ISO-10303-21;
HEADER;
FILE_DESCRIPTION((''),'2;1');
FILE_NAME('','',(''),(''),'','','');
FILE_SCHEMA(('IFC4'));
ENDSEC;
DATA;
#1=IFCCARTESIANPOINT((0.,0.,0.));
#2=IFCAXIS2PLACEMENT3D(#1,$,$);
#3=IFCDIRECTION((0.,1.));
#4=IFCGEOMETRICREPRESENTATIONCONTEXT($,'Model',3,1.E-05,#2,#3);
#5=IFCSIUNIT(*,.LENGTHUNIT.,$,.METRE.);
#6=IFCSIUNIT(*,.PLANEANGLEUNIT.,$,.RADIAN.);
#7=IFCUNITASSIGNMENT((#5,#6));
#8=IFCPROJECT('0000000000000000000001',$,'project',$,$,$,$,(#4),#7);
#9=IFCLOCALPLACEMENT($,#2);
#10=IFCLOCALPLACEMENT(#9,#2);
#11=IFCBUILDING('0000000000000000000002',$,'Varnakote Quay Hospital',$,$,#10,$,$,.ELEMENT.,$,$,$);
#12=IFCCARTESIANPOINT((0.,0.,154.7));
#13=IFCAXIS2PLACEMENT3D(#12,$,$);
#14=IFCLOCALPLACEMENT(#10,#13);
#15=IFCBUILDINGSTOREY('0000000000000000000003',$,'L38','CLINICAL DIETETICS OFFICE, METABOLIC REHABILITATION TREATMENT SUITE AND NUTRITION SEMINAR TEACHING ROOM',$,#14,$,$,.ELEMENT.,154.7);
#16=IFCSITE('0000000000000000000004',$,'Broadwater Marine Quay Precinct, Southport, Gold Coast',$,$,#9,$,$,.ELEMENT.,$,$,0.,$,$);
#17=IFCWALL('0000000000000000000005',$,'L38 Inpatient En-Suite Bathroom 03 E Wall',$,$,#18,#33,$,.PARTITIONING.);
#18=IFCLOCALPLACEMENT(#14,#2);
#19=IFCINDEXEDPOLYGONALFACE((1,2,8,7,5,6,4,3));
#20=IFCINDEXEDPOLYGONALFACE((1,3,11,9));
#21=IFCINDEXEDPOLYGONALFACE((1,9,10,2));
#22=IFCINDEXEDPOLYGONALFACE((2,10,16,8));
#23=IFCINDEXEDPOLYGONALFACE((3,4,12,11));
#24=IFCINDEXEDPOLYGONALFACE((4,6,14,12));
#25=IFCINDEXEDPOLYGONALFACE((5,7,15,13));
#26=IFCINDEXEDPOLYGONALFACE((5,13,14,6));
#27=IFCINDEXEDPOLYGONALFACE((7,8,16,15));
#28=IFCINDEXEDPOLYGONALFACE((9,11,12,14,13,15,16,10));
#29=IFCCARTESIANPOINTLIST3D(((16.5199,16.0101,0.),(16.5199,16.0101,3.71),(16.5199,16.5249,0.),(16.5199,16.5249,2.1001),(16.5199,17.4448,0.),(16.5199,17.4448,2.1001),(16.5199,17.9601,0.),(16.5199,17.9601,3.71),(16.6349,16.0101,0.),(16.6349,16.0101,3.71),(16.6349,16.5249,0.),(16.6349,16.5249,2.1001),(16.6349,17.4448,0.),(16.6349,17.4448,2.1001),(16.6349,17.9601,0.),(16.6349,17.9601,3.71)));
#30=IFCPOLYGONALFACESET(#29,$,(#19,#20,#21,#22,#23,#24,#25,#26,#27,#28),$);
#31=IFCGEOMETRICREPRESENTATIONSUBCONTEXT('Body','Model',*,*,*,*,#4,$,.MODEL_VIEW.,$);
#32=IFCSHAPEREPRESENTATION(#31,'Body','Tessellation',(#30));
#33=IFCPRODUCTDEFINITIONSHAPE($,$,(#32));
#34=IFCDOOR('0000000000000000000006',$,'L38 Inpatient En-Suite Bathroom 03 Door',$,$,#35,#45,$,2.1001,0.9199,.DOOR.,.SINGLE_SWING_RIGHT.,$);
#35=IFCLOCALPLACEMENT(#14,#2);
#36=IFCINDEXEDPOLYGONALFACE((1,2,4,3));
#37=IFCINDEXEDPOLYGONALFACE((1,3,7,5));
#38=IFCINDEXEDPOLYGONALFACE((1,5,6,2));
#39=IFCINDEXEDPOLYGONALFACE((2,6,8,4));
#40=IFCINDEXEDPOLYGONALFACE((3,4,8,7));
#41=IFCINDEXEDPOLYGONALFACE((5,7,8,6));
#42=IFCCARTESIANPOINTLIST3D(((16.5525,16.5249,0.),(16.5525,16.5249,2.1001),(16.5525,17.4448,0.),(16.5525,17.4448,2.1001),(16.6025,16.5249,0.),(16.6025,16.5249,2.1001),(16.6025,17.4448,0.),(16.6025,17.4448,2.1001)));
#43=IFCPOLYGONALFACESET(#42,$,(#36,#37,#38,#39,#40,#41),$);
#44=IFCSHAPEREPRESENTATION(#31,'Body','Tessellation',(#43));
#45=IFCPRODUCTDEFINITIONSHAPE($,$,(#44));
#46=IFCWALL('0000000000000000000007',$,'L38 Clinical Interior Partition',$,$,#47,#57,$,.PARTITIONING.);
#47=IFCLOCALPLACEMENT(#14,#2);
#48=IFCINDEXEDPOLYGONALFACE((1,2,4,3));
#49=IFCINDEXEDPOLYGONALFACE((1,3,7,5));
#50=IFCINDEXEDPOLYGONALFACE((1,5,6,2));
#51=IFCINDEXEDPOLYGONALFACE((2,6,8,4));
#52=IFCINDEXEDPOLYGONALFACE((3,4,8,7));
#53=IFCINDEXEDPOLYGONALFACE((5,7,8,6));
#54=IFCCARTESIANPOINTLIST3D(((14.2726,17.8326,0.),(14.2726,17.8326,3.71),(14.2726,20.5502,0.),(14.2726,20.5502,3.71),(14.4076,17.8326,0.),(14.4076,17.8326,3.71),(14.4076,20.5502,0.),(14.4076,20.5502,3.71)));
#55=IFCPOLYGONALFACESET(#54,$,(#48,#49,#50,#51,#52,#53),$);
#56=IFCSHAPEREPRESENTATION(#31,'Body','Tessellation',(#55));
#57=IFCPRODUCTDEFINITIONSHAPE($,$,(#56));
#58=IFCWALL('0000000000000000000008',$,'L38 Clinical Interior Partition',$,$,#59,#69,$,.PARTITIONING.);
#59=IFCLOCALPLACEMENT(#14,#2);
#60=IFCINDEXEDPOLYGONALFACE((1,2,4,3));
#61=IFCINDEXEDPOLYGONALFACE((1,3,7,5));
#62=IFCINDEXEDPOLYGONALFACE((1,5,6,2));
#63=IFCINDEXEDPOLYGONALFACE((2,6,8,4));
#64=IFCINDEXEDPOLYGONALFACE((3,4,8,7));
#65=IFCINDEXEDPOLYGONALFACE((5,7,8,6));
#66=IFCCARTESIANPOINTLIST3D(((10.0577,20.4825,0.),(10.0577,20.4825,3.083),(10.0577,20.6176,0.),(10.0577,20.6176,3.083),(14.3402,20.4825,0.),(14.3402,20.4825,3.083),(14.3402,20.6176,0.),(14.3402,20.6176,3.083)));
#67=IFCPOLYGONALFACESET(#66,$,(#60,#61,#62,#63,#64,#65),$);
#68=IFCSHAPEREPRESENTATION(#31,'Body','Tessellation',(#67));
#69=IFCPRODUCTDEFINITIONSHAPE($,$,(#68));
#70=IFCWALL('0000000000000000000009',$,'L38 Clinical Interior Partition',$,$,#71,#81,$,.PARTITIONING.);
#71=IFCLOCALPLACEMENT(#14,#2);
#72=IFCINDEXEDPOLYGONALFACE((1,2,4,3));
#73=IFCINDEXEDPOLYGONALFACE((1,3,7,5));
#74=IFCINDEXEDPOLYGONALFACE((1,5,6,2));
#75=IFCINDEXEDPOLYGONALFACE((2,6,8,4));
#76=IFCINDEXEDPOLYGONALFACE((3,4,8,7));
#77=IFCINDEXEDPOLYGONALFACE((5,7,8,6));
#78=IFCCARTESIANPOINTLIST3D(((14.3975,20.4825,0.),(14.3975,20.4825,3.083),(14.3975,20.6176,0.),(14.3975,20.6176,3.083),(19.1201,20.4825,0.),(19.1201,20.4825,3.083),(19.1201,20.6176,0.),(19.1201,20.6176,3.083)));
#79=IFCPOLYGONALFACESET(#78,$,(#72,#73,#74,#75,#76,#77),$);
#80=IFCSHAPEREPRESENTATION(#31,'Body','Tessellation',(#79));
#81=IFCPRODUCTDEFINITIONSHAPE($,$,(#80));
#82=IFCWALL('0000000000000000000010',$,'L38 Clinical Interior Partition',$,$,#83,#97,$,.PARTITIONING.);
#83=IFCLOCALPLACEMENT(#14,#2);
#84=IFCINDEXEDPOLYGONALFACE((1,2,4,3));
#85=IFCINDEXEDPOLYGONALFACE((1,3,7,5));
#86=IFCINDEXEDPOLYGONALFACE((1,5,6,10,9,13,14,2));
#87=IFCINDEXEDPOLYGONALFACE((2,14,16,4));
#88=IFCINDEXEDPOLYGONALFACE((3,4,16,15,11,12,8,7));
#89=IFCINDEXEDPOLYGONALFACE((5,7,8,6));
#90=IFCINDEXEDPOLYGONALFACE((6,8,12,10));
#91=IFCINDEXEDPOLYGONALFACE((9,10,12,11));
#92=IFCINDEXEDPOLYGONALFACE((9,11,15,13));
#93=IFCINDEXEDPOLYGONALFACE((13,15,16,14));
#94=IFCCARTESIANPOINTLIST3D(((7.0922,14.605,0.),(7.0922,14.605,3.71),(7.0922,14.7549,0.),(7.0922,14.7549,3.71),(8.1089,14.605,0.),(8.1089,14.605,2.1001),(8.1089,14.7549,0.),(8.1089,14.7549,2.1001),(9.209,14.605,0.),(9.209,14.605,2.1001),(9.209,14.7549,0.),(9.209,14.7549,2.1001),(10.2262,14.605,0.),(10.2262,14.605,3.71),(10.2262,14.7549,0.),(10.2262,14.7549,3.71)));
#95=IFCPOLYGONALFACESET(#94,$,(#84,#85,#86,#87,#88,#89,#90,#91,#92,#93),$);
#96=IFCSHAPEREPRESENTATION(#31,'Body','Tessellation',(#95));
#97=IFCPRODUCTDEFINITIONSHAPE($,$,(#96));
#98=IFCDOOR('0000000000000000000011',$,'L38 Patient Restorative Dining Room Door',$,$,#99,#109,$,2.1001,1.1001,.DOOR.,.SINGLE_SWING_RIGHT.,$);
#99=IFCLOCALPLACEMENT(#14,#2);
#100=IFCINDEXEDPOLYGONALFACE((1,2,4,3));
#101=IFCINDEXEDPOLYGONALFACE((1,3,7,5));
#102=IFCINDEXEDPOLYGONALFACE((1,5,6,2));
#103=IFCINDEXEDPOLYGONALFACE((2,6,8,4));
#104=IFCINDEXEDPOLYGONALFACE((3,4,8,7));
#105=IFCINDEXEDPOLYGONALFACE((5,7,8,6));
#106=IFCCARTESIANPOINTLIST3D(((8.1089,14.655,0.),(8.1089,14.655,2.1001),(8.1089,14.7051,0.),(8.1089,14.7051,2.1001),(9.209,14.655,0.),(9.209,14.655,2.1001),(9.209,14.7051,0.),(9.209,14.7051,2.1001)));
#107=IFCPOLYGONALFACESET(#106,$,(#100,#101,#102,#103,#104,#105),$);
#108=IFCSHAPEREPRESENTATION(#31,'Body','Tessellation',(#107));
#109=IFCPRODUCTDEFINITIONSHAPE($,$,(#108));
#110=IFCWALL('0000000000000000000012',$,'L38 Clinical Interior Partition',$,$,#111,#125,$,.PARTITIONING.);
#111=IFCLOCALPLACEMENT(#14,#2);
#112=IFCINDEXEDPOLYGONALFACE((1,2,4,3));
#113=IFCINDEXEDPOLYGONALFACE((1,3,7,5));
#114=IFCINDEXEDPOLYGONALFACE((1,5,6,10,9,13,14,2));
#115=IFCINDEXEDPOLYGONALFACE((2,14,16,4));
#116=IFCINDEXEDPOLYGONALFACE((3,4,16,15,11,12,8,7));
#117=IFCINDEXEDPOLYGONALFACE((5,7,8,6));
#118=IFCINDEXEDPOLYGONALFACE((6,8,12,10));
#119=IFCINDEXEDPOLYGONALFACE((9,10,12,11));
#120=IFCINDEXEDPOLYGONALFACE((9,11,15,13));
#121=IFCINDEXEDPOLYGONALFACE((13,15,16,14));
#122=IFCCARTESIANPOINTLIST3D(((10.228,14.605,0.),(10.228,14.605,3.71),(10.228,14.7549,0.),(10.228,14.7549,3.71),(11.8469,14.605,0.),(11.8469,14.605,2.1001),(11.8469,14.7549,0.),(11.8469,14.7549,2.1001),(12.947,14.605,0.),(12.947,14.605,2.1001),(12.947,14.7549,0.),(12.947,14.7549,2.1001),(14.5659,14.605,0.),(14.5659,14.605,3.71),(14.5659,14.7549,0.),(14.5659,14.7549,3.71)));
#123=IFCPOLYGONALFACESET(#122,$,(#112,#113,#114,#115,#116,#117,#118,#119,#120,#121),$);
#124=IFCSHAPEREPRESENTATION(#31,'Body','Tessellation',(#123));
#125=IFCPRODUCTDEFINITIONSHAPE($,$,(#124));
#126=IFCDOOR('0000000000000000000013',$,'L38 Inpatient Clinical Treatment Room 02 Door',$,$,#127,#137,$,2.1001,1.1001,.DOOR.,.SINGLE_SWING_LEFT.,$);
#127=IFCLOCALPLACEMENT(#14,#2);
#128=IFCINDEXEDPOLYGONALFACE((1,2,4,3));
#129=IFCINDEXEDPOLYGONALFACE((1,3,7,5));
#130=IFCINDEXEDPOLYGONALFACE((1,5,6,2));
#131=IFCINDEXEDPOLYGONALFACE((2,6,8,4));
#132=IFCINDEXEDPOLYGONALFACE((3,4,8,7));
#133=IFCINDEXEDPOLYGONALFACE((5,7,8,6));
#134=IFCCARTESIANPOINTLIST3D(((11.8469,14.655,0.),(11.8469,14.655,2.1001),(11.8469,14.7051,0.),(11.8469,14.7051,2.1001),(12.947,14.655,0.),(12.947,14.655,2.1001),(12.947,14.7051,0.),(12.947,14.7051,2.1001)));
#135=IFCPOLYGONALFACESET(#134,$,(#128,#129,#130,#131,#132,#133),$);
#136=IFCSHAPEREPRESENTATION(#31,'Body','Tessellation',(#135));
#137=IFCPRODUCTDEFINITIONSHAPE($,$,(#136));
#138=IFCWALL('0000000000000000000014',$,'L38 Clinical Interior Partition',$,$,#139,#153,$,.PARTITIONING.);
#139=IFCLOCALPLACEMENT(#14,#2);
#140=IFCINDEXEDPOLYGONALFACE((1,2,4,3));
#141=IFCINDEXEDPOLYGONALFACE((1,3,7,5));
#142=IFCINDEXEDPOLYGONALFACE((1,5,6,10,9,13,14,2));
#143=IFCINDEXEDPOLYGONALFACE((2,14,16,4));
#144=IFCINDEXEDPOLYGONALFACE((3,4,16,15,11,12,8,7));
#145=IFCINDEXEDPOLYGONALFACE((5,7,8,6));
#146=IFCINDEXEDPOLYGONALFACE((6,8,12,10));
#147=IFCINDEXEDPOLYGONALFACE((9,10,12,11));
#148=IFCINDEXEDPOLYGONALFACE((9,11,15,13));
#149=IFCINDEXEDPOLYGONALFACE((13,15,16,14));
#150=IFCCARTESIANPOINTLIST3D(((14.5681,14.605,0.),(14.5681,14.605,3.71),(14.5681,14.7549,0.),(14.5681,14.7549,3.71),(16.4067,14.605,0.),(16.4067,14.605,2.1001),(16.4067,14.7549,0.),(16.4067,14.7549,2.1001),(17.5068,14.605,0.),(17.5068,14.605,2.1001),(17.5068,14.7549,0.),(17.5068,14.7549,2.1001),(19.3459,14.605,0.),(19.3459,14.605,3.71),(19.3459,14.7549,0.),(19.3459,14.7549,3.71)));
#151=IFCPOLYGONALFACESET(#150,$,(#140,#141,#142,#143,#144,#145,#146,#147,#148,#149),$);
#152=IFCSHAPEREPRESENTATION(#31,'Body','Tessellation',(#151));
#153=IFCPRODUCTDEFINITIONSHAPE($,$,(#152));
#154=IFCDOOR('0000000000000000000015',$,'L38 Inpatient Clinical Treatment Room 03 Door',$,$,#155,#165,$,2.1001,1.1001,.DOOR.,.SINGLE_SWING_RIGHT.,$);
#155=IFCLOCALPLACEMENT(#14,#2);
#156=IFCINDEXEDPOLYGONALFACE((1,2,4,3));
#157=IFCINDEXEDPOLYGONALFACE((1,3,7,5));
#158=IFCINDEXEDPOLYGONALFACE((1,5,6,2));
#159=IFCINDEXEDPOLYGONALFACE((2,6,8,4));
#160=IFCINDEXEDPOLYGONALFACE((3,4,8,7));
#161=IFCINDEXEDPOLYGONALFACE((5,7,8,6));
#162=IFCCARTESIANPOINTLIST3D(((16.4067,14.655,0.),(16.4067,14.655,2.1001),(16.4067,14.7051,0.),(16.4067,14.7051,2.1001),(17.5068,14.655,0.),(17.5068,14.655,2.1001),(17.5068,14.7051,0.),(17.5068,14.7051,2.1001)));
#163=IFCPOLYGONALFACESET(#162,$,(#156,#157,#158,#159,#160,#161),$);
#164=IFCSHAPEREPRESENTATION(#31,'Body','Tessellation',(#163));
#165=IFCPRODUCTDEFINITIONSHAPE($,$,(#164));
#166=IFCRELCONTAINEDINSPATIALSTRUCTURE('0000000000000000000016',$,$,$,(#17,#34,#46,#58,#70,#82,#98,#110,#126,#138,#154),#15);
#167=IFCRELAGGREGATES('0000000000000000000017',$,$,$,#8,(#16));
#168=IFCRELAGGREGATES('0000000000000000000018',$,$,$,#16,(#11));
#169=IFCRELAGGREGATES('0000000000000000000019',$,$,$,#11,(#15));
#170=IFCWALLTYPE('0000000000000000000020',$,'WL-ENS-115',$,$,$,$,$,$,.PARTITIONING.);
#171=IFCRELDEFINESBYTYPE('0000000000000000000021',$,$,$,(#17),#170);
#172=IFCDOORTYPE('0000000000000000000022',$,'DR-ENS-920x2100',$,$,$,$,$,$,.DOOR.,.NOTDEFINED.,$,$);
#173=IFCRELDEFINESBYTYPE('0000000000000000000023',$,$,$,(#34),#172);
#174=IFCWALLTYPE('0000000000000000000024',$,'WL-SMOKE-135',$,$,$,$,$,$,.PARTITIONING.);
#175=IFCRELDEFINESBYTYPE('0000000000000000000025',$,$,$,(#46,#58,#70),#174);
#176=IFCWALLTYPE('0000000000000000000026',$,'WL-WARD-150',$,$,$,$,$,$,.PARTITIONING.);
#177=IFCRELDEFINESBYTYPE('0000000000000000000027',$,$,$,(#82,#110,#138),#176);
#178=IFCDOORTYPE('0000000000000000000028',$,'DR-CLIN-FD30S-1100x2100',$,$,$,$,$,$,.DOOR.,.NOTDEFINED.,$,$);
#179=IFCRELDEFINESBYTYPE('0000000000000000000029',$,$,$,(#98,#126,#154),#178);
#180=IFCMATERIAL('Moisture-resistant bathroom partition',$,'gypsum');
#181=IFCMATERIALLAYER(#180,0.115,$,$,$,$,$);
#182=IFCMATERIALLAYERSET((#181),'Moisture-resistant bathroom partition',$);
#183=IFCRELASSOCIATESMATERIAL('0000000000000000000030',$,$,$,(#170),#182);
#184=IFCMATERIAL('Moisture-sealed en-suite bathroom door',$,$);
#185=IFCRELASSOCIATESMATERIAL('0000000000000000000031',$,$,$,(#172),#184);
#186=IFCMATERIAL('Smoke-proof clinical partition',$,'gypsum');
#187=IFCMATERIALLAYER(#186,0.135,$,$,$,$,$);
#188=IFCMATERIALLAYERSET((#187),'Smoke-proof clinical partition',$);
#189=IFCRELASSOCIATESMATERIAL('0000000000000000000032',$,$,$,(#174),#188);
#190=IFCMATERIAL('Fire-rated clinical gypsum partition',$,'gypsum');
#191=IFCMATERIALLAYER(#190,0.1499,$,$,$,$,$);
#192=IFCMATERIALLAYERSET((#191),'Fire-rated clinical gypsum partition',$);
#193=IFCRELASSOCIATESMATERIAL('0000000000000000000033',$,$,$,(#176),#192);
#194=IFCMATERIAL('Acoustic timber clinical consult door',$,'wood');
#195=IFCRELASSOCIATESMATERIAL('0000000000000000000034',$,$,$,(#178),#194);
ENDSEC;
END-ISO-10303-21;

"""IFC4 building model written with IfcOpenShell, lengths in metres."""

from ifc_helpers import new_model, si_unit, direction, frame, frame_2d, origin, place, context, subcontext, project, spatial, rectangle, extrude, material, layer, layer_set, type_object, element, fill, save


model = new_model("IFC4")

# Units and contexts
model_context = context("Model", 3, precision=1e-05, world=origin(), true_north=direction((0.0, 1.0)))
body_context = subcontext(model_context, "Body", "Model", "MODEL_VIEW")
ifc_project = project(units=[si_unit("LENGTHUNIT", "METRE"), si_unit("PLANEANGLEUNIT", "RADIAN")], contexts=[model_context])

# Site, building, storey
site_placement = place(None, origin())
site = spatial("IfcSite", under=ifc_project, at=site_placement, Name="Broadwater Marine Quay Precinct, Southport, Gold Coast", CompositionType="ELEMENT", RefElevation=0.0)
building_placement = place(site_placement, origin())
building = spatial("IfcBuilding", under=site, at=building_placement, Name="Varnakote Quay Hospital", CompositionType="ELEMENT")
storey_placement = place(building_placement, frame((0.0, 0.0, 154.7)))
storey = spatial("IfcBuildingStorey", under=building, at=storey_placement, Name="L38", Description="CLINICAL DIETETICS OFFICE, METABOLIC REHABILITATION TREATMENT SUITE AND NUTRITION SEMINAR TEACHING ROOM", CompositionType="ELEMENT", Elevation=154.7)

# Shared definitions
ifc_material_1 = material(Name="Moisture-resistant bathroom partition", Category="gypsum")
ifc_layer_1 = layer(ifc_material_1, 0.115)
ifc_layer_set_1 = layer_set([ifc_layer_1], Name="Moisture-resistant bathroom partition")
wall_type_1 = type_object("IfcWallType", Name="WL-ENS-115", PredefinedType="PARTITIONING", material=ifc_layer_set_1)

# Shared definitions
ifc_material_2 = material(Name="Moisture-sealed en-suite bathroom door")
door_type_1 = type_object("IfcDoorType", Name="DR-ENS-920x2100", OperationType="NOTDEFINED", PredefinedType="DOOR", material=ifc_material_2)

# Wall, opening, door
wall_1_placement = place(storey_placement, frame((16.5774, 16.01, 0.0), z_axis=(0.0, 0.0, 1.0), x_axis=(0.0, 1.0, 0.0)))
wall_1 = element("IfcWall", 1, at=wall_1_placement, inside=storey, type_object=wall_type_1, Name="L38 Inpatient En-Suite Bathroom 03 E Wall", PredefinedType="PARTITIONING", context=body_context, shape_type="SweptSolid", body=[
    extrude(rectangle(XDim=1.95, YDim=0.115, at=frame_2d((0.9751, 0.0))), origin(), (0.0, 0.0, 1.0), 3.71),
])
opening_1_placement = place(wall_1_placement, frame((0.5149, 0.0, 0.0)))
opening_1 = element("IfcOpeningElement", 2, at=opening_1_placement, cuts=wall_1, PredefinedType="OPENING", context=body_context, shape_type="SweptSolid", body=[
    extrude(rectangle(XDim=0.9199, YDim=2.1001, at=frame_2d((0.46, 1.05))), frame((0.0, 0.0674, 0.0), z_axis=(0.0, -1.0, 0.0), x_axis=(1.0, 0.0, 0.0)), (0.0, 0.0, 1.0), 0.135),
])
door_1_placement = place(opening_1_placement, origin())
door_1 = element("IfcDoor", 3, at=door_1_placement, inside=storey, type_object=door_type_1, Name="L38 Inpatient En-Suite Bathroom 03 Door", OperationType="SINGLE_SWING_RIGHT", OverallHeight=2.1001, OverallWidth=0.9199, PredefinedType="DOOR", context=body_context, shape_type="SweptSolid", body=[
    extrude(rectangle(XDim=0.9199, YDim=2.1001, at=frame_2d((0.46, 1.05))), frame((0.0, 0.0249, 0.0), z_axis=(0.0, -1.0, 0.0), x_axis=(1.0, 0.0, 0.0)), (0.0, 0.0, 1.0), 0.05),
])
fill(opening_1, door_1)

# Walls
ifc_material_3 = material(Name="Smoke-proof clinical partition", Category="gypsum")
ifc_layer_2 = layer(ifc_material_3, 0.135)
ifc_layer_set_2 = layer_set([ifc_layer_2], Name="Smoke-proof clinical partition")
wall_type_2 = type_object("IfcWallType", Name="WL-SMOKE-135", PredefinedType="PARTITIONING", material=ifc_layer_set_2)
wall_2_placement = place(storey_placement, frame((14.3401, 17.8325, 0.0), z_axis=(0.0, 0.0, 1.0), x_axis=(0.0, 1.0, 0.0)))
element("IfcWall", 4, at=wall_2_placement, inside=storey, type_object=wall_type_2, Name="L38 Clinical Interior Partition", PredefinedType="PARTITIONING", context=body_context, shape_type="SweptSolid", body=[
    extrude(rectangle(XDim=2.7175, YDim=0.135, at=frame_2d((1.3589, 0.0))), origin(), (0.0, 0.0, 1.0), 3.71),
])
wall_3_placement = place(storey_placement, frame((14.3401, 20.55, 0.0), z_axis=(0.0, 0.0, 1.0), x_axis=(-1.0, 0.0, 0.0)))
element("IfcWall", 5, at=wall_3_placement, inside=storey, type_object=wall_type_2, Name="L38 Clinical Interior Partition", PredefinedType="PARTITIONING", context=body_context, shape_type="SweptSolid", body=[
    extrude(rectangle(XDim=4.2825, YDim=0.135, at=frame_2d((2.1411, 0.0))), origin(), (0.0, 0.0, 1.0), 3.083),
])
wall_4_placement = place(storey_placement, frame((19.1201, 20.55, 0.0), z_axis=(0.0, 0.0, 1.0), x_axis=(-1.0, 0.0, 0.0)))
element("IfcWall", 6, at=wall_4_placement, inside=storey, type_object=wall_type_2, Name="L38 Clinical Interior Partition", PredefinedType="PARTITIONING", context=body_context, shape_type="SweptSolid", body=[
    extrude(rectangle(XDim=4.7227, YDim=0.135, at=frame_2d((2.3613, 0.0))), origin(), (0.0, 0.0, 1.0), 3.083),
])

# Walls, openings, doors
ifc_material_4 = material(Name="Fire-rated clinical gypsum partition", Category="gypsum")
ifc_layer_3 = layer(ifc_material_4, 0.1499)
ifc_layer_set_3 = layer_set([ifc_layer_3], Name="Fire-rated clinical gypsum partition")
wall_type_3 = type_object("IfcWallType", Name="WL-WARD-150", PredefinedType="PARTITIONING", material=ifc_layer_set_3)
wall_5_placement = place(storey_placement, frame((10.2261, 14.6799, 0.0), z_axis=(0.0, 0.0, 1.0), x_axis=(-1.0, 0.0, 0.0)))
wall_5 = element("IfcWall", 7, at=wall_5_placement, inside=storey, type_object=wall_type_3, Name="L38 Clinical Interior Partition", PredefinedType="PARTITIONING", context=body_context, shape_type="SweptSolid", body=[
    extrude(rectangle(XDim=3.134, YDim=0.1499, at=frame_2d((1.5669, 0.0))), origin(), (0.0, 0.0, 1.0), 3.71),
])
opening_2_placement = place(wall_5_placement, frame((1.0171, 0.0, 0.0)))
opening_2 = element("IfcOpeningElement", 8, at=opening_2_placement, cuts=wall_5, PredefinedType="OPENING", context=body_context, shape_type="SweptSolid", body=[
    extrude(rectangle(XDim=1.1001, YDim=2.1001, at=frame_2d((0.55, 1.05))), frame((0.0, 0.085, 0.0), z_axis=(0.0, -1.0, 0.0), x_axis=(1.0, 0.0, 0.0)), (0.0, 0.0, 1.0), 0.1699),
])
ifc_material_5 = material(Name="Acoustic timber clinical consult door", Category="wood")
door_type_2 = type_object("IfcDoorType", Name="DR-CLIN-FD30S-1100x2100", OperationType="NOTDEFINED", PredefinedType="DOOR", material=ifc_material_5)
door_2_placement = place(opening_2_placement, origin())
door_2 = element("IfcDoor", 9, at=door_2_placement, inside=storey, type_object=door_type_2, Name="L38 Patient Restorative Dining Room Door", OperationType="SINGLE_SWING_RIGHT", OverallHeight=2.1001, OverallWidth=1.1001, PredefinedType="DOOR", context=body_context, shape_type="SweptSolid", body=[
    extrude(rectangle(XDim=1.1001, YDim=2.1001, at=frame_2d((0.55, 1.05))), frame((0.0, 0.0249, 0.0), z_axis=(0.0, -1.0, 0.0), x_axis=(1.0, 0.0, 0.0)), (0.0, 0.0, 1.0), 0.05),
])
fill(opening_2, door_2)
wall_6_placement = place(storey_placement, frame((14.5659, 14.6799, 0.0), z_axis=(0.0, 0.0, 1.0), x_axis=(-1.0, 0.0, 0.0)))
wall_6 = element("IfcWall", 10, at=wall_6_placement, inside=storey, type_object=wall_type_3, Name="L38 Clinical Interior Partition", PredefinedType="PARTITIONING", context=body_context, shape_type="SweptSolid", body=[
    extrude(rectangle(XDim=4.3379, YDim=0.1499, at=frame_2d((2.1689, 0.0))), origin(), (0.0, 0.0, 1.0), 3.71),
])
opening_3_placement = place(wall_6_placement, frame((1.6189, 0.0, 0.0)))
opening_3 = element("IfcOpeningElement", 11, at=opening_3_placement, cuts=wall_6, PredefinedType="OPENING", context=body_context, shape_type="SweptSolid", body=[
    extrude(rectangle(XDim=1.1001, YDim=2.1001, at=frame_2d((0.55, 1.05))), frame((0.0, 0.085, 0.0), z_axis=(0.0, -1.0, 0.0), x_axis=(1.0, 0.0, 0.0)), (0.0, 0.0, 1.0), 0.1699),
])
door_3_placement = place(opening_3_placement, origin())
door_3 = element("IfcDoor", 12, at=door_3_placement, inside=storey, type_object=door_type_2, Name="L38 Inpatient Clinical Treatment Room 02 Door", OperationType="SINGLE_SWING_LEFT", OverallHeight=2.1001, OverallWidth=1.1001, PredefinedType="DOOR", context=body_context, shape_type="SweptSolid", body=[
    extrude(rectangle(XDim=1.1001, YDim=2.1001, at=frame_2d((0.55, 1.05))), frame((0.0, 0.0249, 0.0), z_axis=(0.0, -1.0, 0.0), x_axis=(1.0, 0.0, 0.0)), (0.0, 0.0, 1.0), 0.05),
])
fill(opening_3, door_3)
wall_7_placement = place(storey_placement, frame((19.3459, 14.6799, 0.0), z_axis=(0.0, 0.0, 1.0), x_axis=(-1.0, 0.0, 0.0)))
wall_7 = element("IfcWall", 13, at=wall_7_placement, inside=storey, type_object=wall_type_3, Name="L38 Clinical Interior Partition", PredefinedType="PARTITIONING", context=body_context, shape_type="SweptSolid", body=[
    extrude(rectangle(XDim=4.7778, YDim=0.1499, at=frame_2d((2.3889, 0.0))), origin(), (0.0, 0.0, 1.0), 3.71),
])
opening_4_placement = place(wall_7_placement, frame((1.8391, 0.0, 0.0)))
opening_4 = element("IfcOpeningElement", 14, at=opening_4_placement, cuts=wall_7, PredefinedType="OPENING", context=body_context, shape_type="SweptSolid", body=[
    extrude(rectangle(XDim=1.1001, YDim=2.1001, at=frame_2d((0.55, 1.05))), frame((0.0, 0.085, 0.0), z_axis=(0.0, -1.0, 0.0), x_axis=(1.0, 0.0, 0.0)), (0.0, 0.0, 1.0), 0.1699),
])
door_4_placement = place(opening_4_placement, origin())
door_4 = element("IfcDoor", 15, at=door_4_placement, inside=storey, type_object=door_type_2, Name="L38 Inpatient Clinical Treatment Room 03 Door", OperationType="SINGLE_SWING_RIGHT", OverallHeight=2.1001, OverallWidth=1.1001, PredefinedType="DOOR", context=body_context, shape_type="SweptSolid", body=[
    extrude(rectangle(XDim=1.1001, YDim=2.1001, at=frame_2d((0.55, 1.05))), frame((0.0, 0.0249, 0.0), z_axis=(0.0, -1.0, 0.0), x_axis=(1.0, 0.0, 0.0)), (0.0, 0.0, 1.0), 0.05),
])
fill(opening_4, door_4)

save(model, "model.ifc")
